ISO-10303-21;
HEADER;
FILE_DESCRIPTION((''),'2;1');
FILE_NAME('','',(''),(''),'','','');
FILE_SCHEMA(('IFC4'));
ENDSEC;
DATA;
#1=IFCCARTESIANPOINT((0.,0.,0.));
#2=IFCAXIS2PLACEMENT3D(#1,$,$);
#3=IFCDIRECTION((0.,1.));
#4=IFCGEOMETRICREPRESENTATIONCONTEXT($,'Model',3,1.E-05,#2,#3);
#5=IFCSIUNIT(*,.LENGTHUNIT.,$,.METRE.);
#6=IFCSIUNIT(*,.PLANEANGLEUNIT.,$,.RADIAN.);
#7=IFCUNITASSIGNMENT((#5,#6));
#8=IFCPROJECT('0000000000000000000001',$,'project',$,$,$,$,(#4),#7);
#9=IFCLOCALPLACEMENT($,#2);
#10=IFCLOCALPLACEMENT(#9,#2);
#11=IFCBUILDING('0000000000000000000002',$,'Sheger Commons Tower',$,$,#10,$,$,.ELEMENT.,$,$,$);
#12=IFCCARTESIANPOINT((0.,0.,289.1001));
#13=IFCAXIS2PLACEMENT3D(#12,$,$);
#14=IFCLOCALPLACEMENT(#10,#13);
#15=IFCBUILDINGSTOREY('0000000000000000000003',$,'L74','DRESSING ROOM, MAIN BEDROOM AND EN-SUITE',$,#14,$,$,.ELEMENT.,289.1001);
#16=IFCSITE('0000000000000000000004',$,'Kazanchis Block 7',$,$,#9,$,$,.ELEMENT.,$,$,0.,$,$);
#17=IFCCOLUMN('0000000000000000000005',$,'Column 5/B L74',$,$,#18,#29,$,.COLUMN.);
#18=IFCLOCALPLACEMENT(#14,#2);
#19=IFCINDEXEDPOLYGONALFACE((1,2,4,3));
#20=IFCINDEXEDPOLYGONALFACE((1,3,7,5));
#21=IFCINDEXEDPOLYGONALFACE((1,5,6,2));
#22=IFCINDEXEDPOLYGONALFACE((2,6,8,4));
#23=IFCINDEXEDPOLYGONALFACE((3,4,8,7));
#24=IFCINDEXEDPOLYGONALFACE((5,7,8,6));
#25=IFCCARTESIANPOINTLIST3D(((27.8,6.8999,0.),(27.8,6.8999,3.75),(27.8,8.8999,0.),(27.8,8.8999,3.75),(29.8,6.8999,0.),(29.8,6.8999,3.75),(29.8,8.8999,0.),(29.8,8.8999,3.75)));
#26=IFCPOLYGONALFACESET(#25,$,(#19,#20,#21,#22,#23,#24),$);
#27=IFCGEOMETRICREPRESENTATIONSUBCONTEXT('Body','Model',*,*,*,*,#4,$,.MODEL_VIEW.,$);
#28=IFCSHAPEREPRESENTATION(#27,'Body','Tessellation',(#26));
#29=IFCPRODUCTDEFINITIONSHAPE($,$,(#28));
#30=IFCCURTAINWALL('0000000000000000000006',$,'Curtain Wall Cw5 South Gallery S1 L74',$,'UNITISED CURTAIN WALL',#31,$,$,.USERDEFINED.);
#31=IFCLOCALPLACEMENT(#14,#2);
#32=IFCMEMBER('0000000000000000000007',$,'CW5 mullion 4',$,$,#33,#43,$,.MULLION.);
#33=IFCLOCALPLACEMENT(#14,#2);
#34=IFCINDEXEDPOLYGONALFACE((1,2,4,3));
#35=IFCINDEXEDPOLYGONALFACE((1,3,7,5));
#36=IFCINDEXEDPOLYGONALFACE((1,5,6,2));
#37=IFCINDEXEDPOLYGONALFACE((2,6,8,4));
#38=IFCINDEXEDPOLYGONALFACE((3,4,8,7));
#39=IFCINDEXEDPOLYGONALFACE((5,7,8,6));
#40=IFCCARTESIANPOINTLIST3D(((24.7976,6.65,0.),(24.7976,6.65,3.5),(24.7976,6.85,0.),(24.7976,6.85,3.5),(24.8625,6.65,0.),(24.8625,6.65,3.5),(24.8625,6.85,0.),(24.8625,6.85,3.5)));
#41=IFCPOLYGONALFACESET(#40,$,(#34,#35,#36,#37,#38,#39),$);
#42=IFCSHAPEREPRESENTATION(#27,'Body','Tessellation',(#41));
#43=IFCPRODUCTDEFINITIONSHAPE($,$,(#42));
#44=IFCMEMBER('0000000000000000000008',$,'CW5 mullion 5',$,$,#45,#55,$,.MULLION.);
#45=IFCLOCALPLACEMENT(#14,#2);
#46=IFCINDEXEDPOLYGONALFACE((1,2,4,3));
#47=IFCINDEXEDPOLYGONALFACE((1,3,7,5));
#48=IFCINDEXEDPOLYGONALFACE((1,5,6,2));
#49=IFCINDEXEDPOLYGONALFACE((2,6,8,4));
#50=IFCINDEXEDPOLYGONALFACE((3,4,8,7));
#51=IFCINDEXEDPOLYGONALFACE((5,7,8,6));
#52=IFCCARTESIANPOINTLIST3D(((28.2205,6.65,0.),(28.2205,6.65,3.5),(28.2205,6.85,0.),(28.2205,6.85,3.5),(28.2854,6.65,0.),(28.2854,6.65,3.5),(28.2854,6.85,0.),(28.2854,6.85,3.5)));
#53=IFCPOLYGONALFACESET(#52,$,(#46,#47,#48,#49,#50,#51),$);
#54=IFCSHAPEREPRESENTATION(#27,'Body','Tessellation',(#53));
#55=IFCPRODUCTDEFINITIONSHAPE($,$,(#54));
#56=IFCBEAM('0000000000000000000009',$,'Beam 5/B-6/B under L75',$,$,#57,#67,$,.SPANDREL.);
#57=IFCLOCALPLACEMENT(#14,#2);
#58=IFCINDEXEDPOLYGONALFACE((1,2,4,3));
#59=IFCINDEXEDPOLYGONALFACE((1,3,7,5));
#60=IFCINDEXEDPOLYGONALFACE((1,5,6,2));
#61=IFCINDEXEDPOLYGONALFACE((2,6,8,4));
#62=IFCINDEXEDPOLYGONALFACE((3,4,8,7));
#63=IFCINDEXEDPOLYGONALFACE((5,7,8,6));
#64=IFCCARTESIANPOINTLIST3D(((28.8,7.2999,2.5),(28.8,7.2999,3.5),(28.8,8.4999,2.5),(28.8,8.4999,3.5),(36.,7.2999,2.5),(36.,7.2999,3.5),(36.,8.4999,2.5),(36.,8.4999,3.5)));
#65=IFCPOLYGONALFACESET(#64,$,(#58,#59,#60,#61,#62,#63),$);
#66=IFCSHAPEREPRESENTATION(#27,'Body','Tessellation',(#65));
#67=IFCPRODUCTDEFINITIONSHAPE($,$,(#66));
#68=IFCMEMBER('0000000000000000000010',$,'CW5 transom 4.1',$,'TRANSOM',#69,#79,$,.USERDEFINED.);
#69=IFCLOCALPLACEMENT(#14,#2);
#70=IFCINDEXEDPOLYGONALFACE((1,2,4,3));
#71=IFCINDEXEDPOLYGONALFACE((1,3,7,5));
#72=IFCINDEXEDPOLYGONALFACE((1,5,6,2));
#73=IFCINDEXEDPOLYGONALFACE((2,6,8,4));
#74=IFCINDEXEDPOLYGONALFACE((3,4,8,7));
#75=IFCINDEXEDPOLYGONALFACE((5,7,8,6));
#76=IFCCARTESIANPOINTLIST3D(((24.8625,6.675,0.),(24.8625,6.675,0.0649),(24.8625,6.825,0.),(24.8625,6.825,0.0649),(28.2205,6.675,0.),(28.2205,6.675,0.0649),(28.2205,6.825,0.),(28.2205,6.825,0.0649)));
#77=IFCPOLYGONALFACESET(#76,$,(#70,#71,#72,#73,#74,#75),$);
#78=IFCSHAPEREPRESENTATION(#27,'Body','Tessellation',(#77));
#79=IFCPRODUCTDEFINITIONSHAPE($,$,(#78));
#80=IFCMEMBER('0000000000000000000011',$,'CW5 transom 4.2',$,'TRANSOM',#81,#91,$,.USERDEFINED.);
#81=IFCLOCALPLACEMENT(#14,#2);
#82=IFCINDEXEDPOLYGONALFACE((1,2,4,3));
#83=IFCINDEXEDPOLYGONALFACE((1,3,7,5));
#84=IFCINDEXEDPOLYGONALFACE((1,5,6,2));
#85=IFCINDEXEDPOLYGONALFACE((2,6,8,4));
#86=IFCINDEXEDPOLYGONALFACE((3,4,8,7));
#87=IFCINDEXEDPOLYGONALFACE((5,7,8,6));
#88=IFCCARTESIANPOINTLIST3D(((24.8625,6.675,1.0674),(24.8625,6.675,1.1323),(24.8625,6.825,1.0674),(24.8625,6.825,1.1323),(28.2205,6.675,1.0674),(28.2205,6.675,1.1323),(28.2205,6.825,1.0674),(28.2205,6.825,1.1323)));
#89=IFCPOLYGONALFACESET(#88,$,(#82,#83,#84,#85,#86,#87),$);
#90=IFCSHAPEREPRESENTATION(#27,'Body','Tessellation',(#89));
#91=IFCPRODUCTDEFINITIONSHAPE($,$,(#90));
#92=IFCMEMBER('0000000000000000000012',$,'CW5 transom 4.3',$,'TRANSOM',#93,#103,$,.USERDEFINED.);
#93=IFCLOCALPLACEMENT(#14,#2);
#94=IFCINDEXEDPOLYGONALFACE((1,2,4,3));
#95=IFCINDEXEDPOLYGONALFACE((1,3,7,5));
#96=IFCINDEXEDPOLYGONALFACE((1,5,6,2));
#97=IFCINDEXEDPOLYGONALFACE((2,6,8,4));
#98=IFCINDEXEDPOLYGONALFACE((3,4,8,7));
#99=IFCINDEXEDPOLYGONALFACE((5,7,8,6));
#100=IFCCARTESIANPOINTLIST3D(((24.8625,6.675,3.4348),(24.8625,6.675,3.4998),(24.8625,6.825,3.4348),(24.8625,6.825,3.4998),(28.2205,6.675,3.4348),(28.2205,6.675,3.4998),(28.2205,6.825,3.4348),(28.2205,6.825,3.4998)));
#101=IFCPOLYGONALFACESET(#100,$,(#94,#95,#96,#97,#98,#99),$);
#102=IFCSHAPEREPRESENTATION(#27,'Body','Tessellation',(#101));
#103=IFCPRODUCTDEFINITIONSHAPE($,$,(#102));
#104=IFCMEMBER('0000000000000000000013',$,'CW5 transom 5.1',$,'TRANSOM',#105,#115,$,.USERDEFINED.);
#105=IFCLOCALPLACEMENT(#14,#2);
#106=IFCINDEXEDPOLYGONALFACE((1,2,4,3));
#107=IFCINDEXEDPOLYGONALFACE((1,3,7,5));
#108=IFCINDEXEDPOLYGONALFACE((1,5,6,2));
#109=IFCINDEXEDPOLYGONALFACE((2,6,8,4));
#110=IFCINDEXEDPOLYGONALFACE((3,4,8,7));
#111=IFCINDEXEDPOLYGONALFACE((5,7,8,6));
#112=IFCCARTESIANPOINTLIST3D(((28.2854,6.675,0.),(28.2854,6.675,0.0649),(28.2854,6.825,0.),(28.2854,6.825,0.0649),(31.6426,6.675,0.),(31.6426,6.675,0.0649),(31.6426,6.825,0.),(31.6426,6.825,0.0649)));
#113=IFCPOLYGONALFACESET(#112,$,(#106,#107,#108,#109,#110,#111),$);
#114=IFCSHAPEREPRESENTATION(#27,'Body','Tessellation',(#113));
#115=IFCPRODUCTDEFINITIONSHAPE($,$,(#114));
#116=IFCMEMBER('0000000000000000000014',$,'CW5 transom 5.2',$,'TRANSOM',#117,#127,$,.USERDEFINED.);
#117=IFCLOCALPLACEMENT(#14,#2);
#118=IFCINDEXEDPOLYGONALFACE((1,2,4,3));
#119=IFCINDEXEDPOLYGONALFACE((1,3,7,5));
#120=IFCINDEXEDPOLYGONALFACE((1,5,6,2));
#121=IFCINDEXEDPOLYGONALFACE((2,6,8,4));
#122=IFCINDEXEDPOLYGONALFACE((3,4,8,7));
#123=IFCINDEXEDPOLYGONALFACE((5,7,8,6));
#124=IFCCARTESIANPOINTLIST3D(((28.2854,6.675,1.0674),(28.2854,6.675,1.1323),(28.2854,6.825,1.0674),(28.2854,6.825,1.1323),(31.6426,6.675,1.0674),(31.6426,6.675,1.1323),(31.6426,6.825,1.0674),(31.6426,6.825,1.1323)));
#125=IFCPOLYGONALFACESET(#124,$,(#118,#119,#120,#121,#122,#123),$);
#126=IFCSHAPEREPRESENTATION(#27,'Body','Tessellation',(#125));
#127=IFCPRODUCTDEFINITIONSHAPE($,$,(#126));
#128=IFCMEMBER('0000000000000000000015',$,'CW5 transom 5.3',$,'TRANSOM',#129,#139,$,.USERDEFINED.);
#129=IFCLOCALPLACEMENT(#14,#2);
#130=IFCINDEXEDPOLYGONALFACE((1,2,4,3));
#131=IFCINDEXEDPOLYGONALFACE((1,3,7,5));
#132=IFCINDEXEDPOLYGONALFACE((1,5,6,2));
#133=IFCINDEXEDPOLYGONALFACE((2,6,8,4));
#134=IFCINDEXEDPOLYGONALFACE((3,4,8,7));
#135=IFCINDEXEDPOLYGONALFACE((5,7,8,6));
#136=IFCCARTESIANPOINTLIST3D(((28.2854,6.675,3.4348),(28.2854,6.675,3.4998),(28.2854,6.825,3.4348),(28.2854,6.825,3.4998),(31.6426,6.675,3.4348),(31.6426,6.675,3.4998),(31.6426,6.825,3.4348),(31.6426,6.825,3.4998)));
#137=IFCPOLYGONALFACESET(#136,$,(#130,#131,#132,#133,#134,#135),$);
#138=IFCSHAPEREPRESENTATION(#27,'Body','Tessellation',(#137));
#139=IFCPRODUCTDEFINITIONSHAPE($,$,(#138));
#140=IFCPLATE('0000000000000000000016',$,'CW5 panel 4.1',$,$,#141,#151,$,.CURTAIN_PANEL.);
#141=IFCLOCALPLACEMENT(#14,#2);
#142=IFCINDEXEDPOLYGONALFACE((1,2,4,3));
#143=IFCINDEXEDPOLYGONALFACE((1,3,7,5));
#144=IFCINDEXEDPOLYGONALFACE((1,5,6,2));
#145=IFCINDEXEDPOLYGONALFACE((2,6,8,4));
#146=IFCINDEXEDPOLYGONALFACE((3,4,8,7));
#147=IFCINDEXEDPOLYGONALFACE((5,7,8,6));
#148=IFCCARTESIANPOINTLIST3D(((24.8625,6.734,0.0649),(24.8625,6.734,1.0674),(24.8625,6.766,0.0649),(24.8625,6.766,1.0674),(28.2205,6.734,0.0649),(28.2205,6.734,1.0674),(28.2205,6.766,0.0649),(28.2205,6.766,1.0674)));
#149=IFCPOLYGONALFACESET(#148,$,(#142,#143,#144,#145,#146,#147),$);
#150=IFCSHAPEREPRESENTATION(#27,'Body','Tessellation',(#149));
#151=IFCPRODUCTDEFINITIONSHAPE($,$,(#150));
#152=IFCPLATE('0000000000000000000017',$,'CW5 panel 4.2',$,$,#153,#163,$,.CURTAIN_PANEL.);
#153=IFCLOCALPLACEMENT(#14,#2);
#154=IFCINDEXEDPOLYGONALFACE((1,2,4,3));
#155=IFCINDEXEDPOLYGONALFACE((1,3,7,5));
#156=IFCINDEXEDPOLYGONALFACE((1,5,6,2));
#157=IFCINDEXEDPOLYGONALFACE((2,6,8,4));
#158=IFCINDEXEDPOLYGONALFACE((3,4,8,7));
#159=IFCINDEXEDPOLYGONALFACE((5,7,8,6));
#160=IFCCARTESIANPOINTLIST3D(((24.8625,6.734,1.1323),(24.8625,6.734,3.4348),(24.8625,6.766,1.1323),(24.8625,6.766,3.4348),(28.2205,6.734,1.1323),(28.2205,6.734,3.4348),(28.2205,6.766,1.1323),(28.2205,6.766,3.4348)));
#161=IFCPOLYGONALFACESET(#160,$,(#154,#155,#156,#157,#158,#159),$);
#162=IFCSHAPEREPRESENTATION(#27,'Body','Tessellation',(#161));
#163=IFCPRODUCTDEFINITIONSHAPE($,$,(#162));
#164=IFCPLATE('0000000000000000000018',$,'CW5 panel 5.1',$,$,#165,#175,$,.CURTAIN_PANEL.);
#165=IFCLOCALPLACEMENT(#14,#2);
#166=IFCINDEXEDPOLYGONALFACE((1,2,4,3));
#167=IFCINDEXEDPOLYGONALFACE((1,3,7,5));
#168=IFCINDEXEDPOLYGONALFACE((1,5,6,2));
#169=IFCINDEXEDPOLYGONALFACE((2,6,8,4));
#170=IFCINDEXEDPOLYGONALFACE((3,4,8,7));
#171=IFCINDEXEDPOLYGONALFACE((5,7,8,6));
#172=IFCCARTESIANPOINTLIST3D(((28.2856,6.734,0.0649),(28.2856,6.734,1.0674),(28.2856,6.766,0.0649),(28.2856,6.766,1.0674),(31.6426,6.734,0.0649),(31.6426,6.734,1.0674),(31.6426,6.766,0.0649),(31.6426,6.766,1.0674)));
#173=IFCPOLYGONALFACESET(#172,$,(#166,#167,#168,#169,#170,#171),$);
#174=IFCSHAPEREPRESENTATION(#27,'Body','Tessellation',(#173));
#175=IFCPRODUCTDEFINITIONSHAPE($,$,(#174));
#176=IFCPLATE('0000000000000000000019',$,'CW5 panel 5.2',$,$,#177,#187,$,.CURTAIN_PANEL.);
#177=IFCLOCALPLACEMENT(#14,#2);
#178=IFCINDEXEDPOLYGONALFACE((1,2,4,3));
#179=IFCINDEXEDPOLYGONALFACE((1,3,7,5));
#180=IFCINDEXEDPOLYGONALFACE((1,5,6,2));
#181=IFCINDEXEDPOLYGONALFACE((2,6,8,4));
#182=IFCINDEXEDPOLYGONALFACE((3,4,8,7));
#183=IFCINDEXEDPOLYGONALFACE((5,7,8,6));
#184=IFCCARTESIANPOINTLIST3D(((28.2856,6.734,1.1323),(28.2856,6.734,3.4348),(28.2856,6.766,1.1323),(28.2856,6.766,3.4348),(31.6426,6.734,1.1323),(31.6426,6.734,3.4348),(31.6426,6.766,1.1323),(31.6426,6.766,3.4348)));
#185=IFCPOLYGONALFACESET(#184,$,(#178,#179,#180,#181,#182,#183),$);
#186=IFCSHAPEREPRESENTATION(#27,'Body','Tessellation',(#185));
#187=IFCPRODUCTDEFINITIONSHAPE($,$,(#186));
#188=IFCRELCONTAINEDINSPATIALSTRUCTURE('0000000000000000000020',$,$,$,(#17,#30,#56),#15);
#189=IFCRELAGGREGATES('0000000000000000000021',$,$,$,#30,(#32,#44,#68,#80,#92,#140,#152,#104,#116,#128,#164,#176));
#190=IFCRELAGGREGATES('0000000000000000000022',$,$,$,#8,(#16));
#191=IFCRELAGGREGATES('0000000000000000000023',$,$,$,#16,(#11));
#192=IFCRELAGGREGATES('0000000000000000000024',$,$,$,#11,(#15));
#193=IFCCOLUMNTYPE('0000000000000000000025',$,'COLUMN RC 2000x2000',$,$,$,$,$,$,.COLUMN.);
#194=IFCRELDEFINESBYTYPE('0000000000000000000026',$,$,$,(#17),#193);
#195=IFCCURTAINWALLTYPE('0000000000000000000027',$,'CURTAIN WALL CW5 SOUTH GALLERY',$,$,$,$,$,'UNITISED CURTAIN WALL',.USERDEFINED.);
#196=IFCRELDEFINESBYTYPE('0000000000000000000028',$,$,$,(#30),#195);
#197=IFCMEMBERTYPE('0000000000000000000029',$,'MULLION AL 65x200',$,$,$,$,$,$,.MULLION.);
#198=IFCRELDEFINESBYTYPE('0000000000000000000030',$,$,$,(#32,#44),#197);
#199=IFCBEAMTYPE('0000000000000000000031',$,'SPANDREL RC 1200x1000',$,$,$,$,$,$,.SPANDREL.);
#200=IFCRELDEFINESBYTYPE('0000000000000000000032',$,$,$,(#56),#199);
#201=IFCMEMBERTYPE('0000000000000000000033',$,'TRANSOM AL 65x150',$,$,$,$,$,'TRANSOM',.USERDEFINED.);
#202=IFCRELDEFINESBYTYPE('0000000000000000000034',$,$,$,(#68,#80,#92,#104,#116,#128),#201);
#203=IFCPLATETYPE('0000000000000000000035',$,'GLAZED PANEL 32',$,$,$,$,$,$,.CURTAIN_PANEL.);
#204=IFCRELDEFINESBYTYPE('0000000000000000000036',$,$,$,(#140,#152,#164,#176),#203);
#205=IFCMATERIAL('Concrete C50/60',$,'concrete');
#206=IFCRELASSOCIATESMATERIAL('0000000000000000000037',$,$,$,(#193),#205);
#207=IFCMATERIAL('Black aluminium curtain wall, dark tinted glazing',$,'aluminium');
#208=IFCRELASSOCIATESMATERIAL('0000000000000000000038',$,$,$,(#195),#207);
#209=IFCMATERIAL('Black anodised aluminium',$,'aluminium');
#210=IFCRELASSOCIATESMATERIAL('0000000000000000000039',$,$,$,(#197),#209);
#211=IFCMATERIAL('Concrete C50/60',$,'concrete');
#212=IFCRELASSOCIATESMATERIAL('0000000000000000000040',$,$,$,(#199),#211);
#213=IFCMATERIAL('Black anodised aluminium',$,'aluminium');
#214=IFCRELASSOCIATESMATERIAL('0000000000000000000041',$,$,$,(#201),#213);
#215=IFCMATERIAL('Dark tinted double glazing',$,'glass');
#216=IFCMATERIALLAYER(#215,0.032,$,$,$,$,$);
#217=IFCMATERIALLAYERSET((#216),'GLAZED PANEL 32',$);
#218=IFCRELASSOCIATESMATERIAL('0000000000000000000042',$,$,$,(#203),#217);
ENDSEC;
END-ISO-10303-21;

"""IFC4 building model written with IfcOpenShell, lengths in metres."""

from ifc_helpers import new_model, si_unit, direction, frame, origin, origin_2d, place, context, subcontext, project, spatial, rectangle, extrude, material, layer, layer_set, material_profile, profile_set, type_object, element, aggregate, save


model = new_model("IFC4")

# Units and contexts
model_context = context("Model", 3, precision=1e-05, world=origin(), true_north=direction((0.0, 1.0)))
body_context = subcontext(model_context, "Body", "Model", "MODEL_VIEW")
ifc_project = project(units=[si_unit("LENGTHUNIT", "METRE"), si_unit("PLANEANGLEUNIT", "RADIAN")], contexts=[model_context])

# Site, building, storey
site_placement = place(None, origin())
site = spatial("IfcSite", under=ifc_project, at=site_placement, Name="Kazanchis Block 7", CompositionType="ELEMENT", RefElevation=0.0)
building_placement = place(site_placement, origin())
building = spatial("IfcBuilding", under=site, at=building_placement, Name="Sheger Commons Tower", CompositionType="ELEMENT")
storey_placement = place(building_placement, frame((0.0, 0.0, 289.1001)))
storey = spatial("IfcBuildingStorey", under=building, at=storey_placement, Name="L74", Description="DRESSING ROOM, MAIN BEDROOM AND EN-SUITE", CompositionType="ELEMENT", Elevation=289.1001)

# Column
ifc_material_1 = material(Name="Concrete C50/60", Category="concrete")
ifc_material_profile_1 = material_profile(ifc_material_1, rectangle(XDim=2.0, YDim=2.0, at=origin_2d()), Name="RC 2000x2000")
ifc_profile_set_1 = profile_set([ifc_material_profile_1], Name="Concrete C50/60")
column_type = type_object("IfcColumnType", Name="COLUMN RC 2000x2000", PredefinedType="COLUMN", material=ifc_profile_set_1)
column_placement = place(storey_placement, frame((28.8, 7.8999, 0.0), z_axis=(0.0, 0.0, 1.0), x_axis=(1.0, 0.0, 0.0)))
element("IfcColumn", 1, at=column_placement, inside=storey, type_object=column_type, Name="Column 5/B L74", PredefinedType="COLUMN", context=body_context, shape_type="SweptSolid", body=[
    extrude(rectangle(XDim=2.0, YDim=2.0, at=origin_2d()), origin(), (0.0, 0.0, 1.0), 3.75),
])

# Curtain wall, members
ifc_material_2 = material(Name="Black aluminium curtain wall, dark tinted glazing", Category="aluminium")
curtain_wall_type = type_object("IfcCurtainWallType", Name="CURTAIN WALL CW5 SOUTH GALLERY", ElementType="UNITISED CURTAIN WALL", PredefinedType="USERDEFINED", material=ifc_material_2)
curtain_wall_placement = place(storey_placement, origin())
curtain_wall = element("IfcCurtainWall", 2, at=curtain_wall_placement, inside=storey, type_object=curtain_wall_type, Name="Curtain Wall Cw5 South Gallery S1 L74", ObjectType="UNITISED CURTAIN WALL", PredefinedType="USERDEFINED")
ifc_material_3 = material(Name="Black anodised aluminium", Category="aluminium")
ifc_material_profile_2 = material_profile(ifc_material_3, rectangle(XDim=0.2, YDim=0.0649, at=origin_2d()), Name="AL 65x200")
ifc_profile_set_2 = profile_set([ifc_material_profile_2], Name="Black anodised aluminium")
member_type_1 = type_object("IfcMemberType", Name="MULLION AL 65x200", PredefinedType="MULLION", material=ifc_profile_set_2)
member_1_placement = place(storey_placement, frame((24.8301, 6.75, 0.0), z_axis=(0.0, 0.0, 1.0), x_axis=(0.0, 1.0, 0.0)))
member_1 = element("IfcMember", 3, at=member_1_placement, type_object=member_type_1, Name="CW5 mullion 4", PredefinedType="MULLION", context=body_context, shape_type="SweptSolid", body=[
    extrude(rectangle(XDim=0.2, YDim=0.0649, at=origin_2d()), origin(), (0.0, 0.0, 1.0), 3.5),
])
member_2_placement = place(storey_placement, frame((28.2529, 6.75, 0.0), z_axis=(0.0, 0.0, 1.0), x_axis=(0.0, 1.0, 0.0)))
member_2 = element("IfcMember", 4, at=member_2_placement, type_object=member_type_1, Name="CW5 mullion 5", PredefinedType="MULLION", context=body_context, shape_type="SweptSolid", body=[
    extrude(rectangle(XDim=0.2, YDim=0.0649, at=origin_2d()), origin(), (0.0, 0.0, 1.0), 3.5),
])

# Beam
ifc_material_4 = material(Name="Concrete C50/60", Category="concrete")
ifc_material_profile_3 = material_profile(ifc_material_4, rectangle(XDim=1.2, YDim=1.0, at=origin_2d()), Name="RC 1200x1000")
ifc_profile_set_3 = profile_set([ifc_material_profile_3], Name="Concrete C50/60")
beam_type = type_object("IfcBeamType", Name="SPANDREL RC 1200x1000", PredefinedType="SPANDREL", material=ifc_profile_set_3)
beam_placement = place(storey_placement, frame((28.8, 7.8999, 3.0), z_axis=(1.0, 0.0, 0.0), x_axis=(0.0, 1.0, 0.0)))
element("IfcBeam", 5, at=beam_placement, inside=storey, type_object=beam_type, Name="Beam 5/B-6/B under L75", PredefinedType="SPANDREL", context=body_context, shape_type="SweptSolid", body=[
    extrude(rectangle(XDim=1.2, YDim=1.0, at=origin_2d()), origin(), (0.0, 0.0, 1.0), 7.2),
])

# Members
ifc_material_5 = material(Name="Black anodised aluminium", Category="aluminium")
ifc_material_profile_4 = material_profile(ifc_material_5, rectangle(XDim=0.1499, YDim=0.0649, at=origin_2d()), Name="AL 65x150")
ifc_profile_set_4 = profile_set([ifc_material_profile_4], Name="Black anodised aluminium")
member_type_2 = type_object("IfcMemberType", Name="TRANSOM AL 65x150", ElementType="TRANSOM", PredefinedType="USERDEFINED", material=ifc_profile_set_4)
member_3_placement = place(storey_placement, frame((24.8625, 6.75, 0.0325), z_axis=(1.0, 0.0, 0.0), x_axis=(0.0, 1.0, 0.0)))
member_3 = element("IfcMember", 6, at=member_3_placement, type_object=member_type_2, Name="CW5 transom 4.1", ObjectType="TRANSOM", PredefinedType="USERDEFINED", context=body_context, shape_type="SweptSolid", body=[
    extrude(rectangle(XDim=0.1499, YDim=0.0649, at=origin_2d()), origin(), (0.0, 0.0, 1.0), 3.3579),
])
member_4_placement = place(storey_placement, frame((24.8625, 6.75, 1.0999), z_axis=(1.0, 0.0, 0.0), x_axis=(0.0, 1.0, 0.0)))
member_4 = element("IfcMember", 7, at=member_4_placement, type_object=member_type_2, Name="CW5 transom 4.2", ObjectType="TRANSOM", PredefinedType="USERDEFINED", context=body_context, shape_type="SweptSolid", body=[
    extrude(rectangle(XDim=0.1499, YDim=0.0649, at=origin_2d()), origin(), (0.0, 0.0, 1.0), 3.3579),
])
member_5_placement = place(storey_placement, frame((24.8625, 6.75, 3.4673), z_axis=(1.0, 0.0, 0.0), x_axis=(0.0, 1.0, 0.0)))
member_5 = element("IfcMember", 8, at=member_5_placement, type_object=member_type_2, Name="CW5 transom 4.3", ObjectType="TRANSOM", PredefinedType="USERDEFINED", context=body_context, shape_type="SweptSolid", body=[
    extrude(rectangle(XDim=0.1499, YDim=0.0649, at=origin_2d()), origin(), (0.0, 0.0, 1.0), 3.3579),
])
member_6_placement = place(storey_placement, frame((28.2854, 6.75, 0.0325), z_axis=(1.0, 0.0, 0.0), x_axis=(0.0, 1.0, 0.0)))
member_6 = element("IfcMember", 9, at=member_6_placement, type_object=member_type_2, Name="CW5 transom 5.1", ObjectType="TRANSOM", PredefinedType="USERDEFINED", context=body_context, shape_type="SweptSolid", body=[
    extrude(rectangle(XDim=0.1499, YDim=0.0649, at=origin_2d()), origin(), (0.0, 0.0, 1.0), 3.3572),
])
member_7_placement = place(storey_placement, frame((28.2854, 6.75, 1.0999), z_axis=(1.0, 0.0, 0.0), x_axis=(0.0, 1.0, 0.0)))
member_7 = element("IfcMember", 10, at=member_7_placement, type_object=member_type_2, Name="CW5 transom 5.2", ObjectType="TRANSOM", PredefinedType="USERDEFINED", context=body_context, shape_type="SweptSolid", body=[
    extrude(rectangle(XDim=0.1499, YDim=0.0649, at=origin_2d()), origin(), (0.0, 0.0, 1.0), 3.3572),
])
member_8_placement = place(storey_placement, frame((28.2854, 6.75, 3.4673), z_axis=(1.0, 0.0, 0.0), x_axis=(0.0, 1.0, 0.0)))
member_8 = element("IfcMember", 11, at=member_8_placement, type_object=member_type_2, Name="CW5 transom 5.3", ObjectType="TRANSOM", PredefinedType="USERDEFINED", context=body_context, shape_type="SweptSolid", body=[
    extrude(rectangle(XDim=0.1499, YDim=0.0649, at=origin_2d()), origin(), (0.0, 0.0, 1.0), 3.3572),
])

# Plates
ifc_material_6 = material(Name="Dark tinted double glazing", Category="glass")
ifc_layer_1 = layer(ifc_material_6, 0.032)
ifc_layer_set_1 = layer_set([ifc_layer_1], Name="GLAZED PANEL 32")
plate_type_1 = type_object("IfcPlateType", Name="GLAZED PANEL 32", PredefinedType="CURTAIN_PANEL", material=ifc_layer_set_1)
plate_1_placement = place(storey_placement, frame((26.5415, 6.75, 0.0649), z_axis=(0.0, 0.0, 1.0), x_axis=(1.0, 0.0, 0.0)))
plate_1 = element("IfcPlate", 12, at=plate_1_placement, type_object=plate_type_1, Name="CW5 panel 4.1", PredefinedType="CURTAIN_PANEL", context=body_context, shape_type="SweptSolid", body=[
    extrude(rectangle(XDim=3.3579, YDim=0.032, at=origin_2d()), origin(), (0.0, 0.0, 1.0), 1.0024),
])
plate_2_placement = place(storey_placement, frame((26.5415, 6.75, 1.1323), z_axis=(0.0, 0.0, 1.0), x_axis=(1.0, 0.0, 0.0)))
plate_2 = element("IfcPlate", 13, at=plate_2_placement, type_object=plate_type_1, Name="CW5 panel 4.2", PredefinedType="CURTAIN_PANEL", context=body_context, shape_type="SweptSolid", body=[
    extrude(rectangle(XDim=3.3579, YDim=0.032, at=origin_2d()), origin(), (0.0, 0.0, 1.0), 2.3025),
])
plate_3_placement = place(storey_placement, frame((29.9641, 6.75, 0.0649), z_axis=(0.0, 0.0, 1.0), x_axis=(1.0, 0.0, 0.0)))
plate_3 = element("IfcPlate", 14, at=plate_3_placement, type_object=plate_type_1, Name="CW5 panel 5.1", PredefinedType="CURTAIN_PANEL", context=body_context, shape_type="SweptSolid", body=[
    extrude(rectangle(XDim=3.3569, YDim=0.032, at=origin_2d()), origin(), (0.0, 0.0, 1.0), 1.0024),
])
plate_4_placement = place(storey_placement, frame((29.9641, 6.75, 1.1323), z_axis=(0.0, 0.0, 1.0), x_axis=(1.0, 0.0, 0.0)))
plate_4 = element("IfcPlate", 15, at=plate_4_placement, type_object=plate_type_1, Name="CW5 panel 5.2", PredefinedType="CURTAIN_PANEL", context=body_context, shape_type="SweptSolid", body=[
    extrude(rectangle(XDim=3.3569, YDim=0.032, at=origin_2d()), origin(), (0.0, 0.0, 1.0), 2.3025),
])
aggregate(curtain_wall, [member_1, member_2, member_3, member_4, member_5, plate_1, plate_2, member_6, member_7, member_8, plate_3, plate_4])

save(model, "model.ifc")
